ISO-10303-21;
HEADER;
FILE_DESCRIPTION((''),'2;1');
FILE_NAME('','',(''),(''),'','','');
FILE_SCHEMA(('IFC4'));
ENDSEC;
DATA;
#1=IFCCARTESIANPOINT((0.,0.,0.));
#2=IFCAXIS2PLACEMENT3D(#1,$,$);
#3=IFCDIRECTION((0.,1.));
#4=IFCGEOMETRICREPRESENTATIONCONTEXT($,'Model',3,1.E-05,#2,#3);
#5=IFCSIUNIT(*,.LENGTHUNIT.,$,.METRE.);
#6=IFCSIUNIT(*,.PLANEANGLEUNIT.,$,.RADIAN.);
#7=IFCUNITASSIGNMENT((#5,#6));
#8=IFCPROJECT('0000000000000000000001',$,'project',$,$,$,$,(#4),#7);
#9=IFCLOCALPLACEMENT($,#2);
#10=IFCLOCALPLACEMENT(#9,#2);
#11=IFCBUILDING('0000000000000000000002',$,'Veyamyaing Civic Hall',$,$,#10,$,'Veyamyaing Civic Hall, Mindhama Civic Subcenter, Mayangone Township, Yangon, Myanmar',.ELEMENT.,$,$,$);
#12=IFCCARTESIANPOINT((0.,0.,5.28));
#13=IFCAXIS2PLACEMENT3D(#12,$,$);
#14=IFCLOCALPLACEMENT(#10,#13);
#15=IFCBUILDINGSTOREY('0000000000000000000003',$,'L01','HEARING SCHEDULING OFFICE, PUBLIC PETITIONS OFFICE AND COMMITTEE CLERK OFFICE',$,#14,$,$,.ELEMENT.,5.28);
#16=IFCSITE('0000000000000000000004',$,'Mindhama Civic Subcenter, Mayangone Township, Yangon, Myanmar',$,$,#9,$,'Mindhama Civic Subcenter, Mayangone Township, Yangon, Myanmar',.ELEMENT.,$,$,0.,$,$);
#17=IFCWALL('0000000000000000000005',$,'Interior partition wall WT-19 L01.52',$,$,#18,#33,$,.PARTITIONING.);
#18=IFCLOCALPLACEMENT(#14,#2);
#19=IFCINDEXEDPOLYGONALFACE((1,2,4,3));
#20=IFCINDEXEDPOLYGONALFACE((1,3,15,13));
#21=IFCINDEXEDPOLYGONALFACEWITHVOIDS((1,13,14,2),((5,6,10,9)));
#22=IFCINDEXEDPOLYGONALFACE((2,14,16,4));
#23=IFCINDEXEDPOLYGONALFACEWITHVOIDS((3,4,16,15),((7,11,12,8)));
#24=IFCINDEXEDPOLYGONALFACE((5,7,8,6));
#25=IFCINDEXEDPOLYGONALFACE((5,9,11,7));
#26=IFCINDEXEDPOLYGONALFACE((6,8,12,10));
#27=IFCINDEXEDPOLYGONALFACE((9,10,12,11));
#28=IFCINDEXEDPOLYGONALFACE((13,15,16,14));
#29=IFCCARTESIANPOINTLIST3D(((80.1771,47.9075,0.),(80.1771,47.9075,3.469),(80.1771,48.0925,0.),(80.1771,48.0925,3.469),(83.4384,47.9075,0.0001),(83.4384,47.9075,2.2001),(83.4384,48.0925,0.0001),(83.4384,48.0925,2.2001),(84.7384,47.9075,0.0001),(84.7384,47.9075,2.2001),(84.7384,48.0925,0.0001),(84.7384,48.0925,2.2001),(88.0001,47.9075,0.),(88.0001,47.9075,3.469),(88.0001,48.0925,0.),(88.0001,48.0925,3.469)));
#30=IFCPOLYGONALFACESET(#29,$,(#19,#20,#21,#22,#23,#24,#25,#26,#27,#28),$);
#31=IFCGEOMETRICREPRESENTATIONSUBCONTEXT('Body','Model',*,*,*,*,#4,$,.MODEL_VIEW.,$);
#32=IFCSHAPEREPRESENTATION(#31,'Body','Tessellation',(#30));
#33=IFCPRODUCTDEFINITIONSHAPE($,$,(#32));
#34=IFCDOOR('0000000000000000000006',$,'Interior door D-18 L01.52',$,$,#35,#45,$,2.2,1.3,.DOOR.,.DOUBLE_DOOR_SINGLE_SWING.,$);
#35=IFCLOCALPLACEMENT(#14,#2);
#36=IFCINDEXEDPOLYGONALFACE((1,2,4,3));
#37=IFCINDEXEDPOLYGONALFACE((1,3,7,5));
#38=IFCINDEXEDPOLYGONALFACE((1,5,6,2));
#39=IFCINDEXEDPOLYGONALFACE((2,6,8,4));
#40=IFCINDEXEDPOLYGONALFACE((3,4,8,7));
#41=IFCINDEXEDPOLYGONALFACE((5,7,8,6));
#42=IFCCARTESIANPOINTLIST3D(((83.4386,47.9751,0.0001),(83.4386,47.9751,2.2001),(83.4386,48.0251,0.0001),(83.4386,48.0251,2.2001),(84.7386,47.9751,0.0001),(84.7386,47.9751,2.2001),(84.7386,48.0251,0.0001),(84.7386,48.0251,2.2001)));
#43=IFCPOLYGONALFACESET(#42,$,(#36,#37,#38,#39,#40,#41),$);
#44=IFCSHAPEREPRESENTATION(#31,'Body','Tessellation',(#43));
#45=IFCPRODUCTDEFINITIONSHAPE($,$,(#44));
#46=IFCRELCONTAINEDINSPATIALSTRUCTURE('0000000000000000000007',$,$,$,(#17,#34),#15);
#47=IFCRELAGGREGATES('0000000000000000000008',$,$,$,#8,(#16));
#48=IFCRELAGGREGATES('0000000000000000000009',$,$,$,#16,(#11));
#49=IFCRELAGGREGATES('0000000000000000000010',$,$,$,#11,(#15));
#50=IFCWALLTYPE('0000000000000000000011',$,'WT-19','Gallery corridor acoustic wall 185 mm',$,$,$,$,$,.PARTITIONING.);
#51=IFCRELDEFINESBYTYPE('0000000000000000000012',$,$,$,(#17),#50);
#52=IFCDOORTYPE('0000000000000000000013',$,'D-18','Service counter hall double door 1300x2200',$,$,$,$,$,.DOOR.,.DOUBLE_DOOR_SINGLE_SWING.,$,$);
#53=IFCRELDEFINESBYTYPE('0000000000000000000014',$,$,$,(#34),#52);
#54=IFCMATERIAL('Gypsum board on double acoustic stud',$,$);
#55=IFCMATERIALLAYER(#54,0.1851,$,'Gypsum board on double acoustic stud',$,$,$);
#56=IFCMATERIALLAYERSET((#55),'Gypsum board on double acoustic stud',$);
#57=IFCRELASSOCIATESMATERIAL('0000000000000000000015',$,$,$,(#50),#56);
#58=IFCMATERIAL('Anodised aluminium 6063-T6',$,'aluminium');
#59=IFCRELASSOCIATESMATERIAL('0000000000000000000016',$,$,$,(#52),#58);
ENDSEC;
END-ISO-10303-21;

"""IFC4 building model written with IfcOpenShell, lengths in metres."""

from ifc_helpers import new_model, si_unit, direction, frame, frame_2d, origin, place, context, subcontext, project, spatial, rectangle, extrude, material, layer, layer_set, type_object, element, fill, save


model = new_model("IFC4")

# Units and contexts
model_context = context("Model", 3, precision=1e-05, world=origin(), true_north=direction((0.0, 1.0)))
body_context = subcontext(model_context, "Body", "Model", "MODEL_VIEW")
ifc_project = project(units=[si_unit("LENGTHUNIT", "METRE"), si_unit("PLANEANGLEUNIT", "RADIAN")], contexts=[model_context])

# Site, building, storey
site_placement = place(None, origin())
site = spatial("IfcSite", under=ifc_project, at=site_placement, Name="Mindhama Civic Subcenter, Mayangone Township, Yangon, Myanmar", LongName="Mindhama Civic Subcenter, Mayangone Township, Yangon, Myanmar", CompositionType="ELEMENT", RefElevation=0.0)
building_placement = place(site_placement, origin())
building = spatial("IfcBuilding", under=site, at=building_placement, Name="Veyamyaing Civic Hall", LongName="Veyamyaing Civic Hall, Mindhama Civic Subcenter, Mayangone Township, Yangon, Myanmar", CompositionType="ELEMENT")
storey_placement = place(building_placement, frame((0.0, 0.0, 5.28)))
storey = spatial("IfcBuildingStorey", under=building, at=storey_placement, Name="L01", Description="HEARING SCHEDULING OFFICE, PUBLIC PETITIONS OFFICE AND COMMITTEE CLERK OFFICE", CompositionType="ELEMENT", Elevation=5.28)

# Shared definitions
ifc_material_1 = material(Name="Gypsum board on double acoustic stud")
ifc_layer_1 = layer(ifc_material_1, 0.1851, Name="Gypsum board on double acoustic stud")
ifc_layer_set_1 = layer_set([ifc_layer_1], Name="Gypsum board on double acoustic stud")
wall_type_1 = type_object("IfcWallType", Name="WT-19", Description="Gallery corridor acoustic wall 185 mm", PredefinedType="PARTITIONING", material=ifc_layer_set_1)

# Wall, opening, door
ifc_material_2 = material(Name="Anodised aluminium 6063-T6", Category="aluminium")
door_type_1 = type_object("IfcDoorType", Name="D-18", Description="Service counter hall double door 1300x2200", OperationType="DOUBLE_DOOR_SINGLE_SWING", PredefinedType="DOOR", material=ifc_material_2)
wall_1_placement = place(storey_placement, frame((80.177, 48.0, 0.0), z_axis=(0.0, 0.0, 1.0), x_axis=(1.0, 0.0, 0.0)))
wall_1 = element("IfcWall", 1, at=wall_1_placement, inside=storey, type_object=wall_type_1, Name="Interior partition wall WT-19 L01.52", PredefinedType="PARTITIONING", context=body_context, shape_type="SweptSolid", body=[
    extrude(rectangle(XDim=7.823, YDim=0.1851, at=frame_2d((3.9116, 0.0))), origin(), (0.0, 0.0, 1.0), 3.469),
])
opening_1_placement = place(wall_1_placement, frame((3.2615, 0.0, 0.0)))
opening_1 = element("IfcOpeningElement", 2, at=opening_1_placement, cuts=wall_1, PredefinedType="OPENING", context=body_context, shape_type="SweptSolid", body=[
    extrude(rectangle(XDim=1.3, YDim=2.2, at=frame_2d((0.6499, 1.1001))), frame((0.0, 0.1025, 0.0), z_axis=(0.0, -1.0, 0.0), x_axis=(1.0, 0.0, 0.0)), (0.0, 0.0, 1.0), 0.2051),
])
door_1_placement = place(opening_1_placement, frame((1.3, 0.0, 0.0), z_axis=(0.0, 0.0, 1.0), x_axis=(-1.0, 0.0, 0.0)))
door_1 = element("IfcDoor", 3, at=door_1_placement, inside=storey, type_object=door_type_1, Name="Interior door D-18 L01.52", OperationType="DOUBLE_DOOR_SINGLE_SWING", OverallHeight=2.2, OverallWidth=1.3, PredefinedType="DOOR", context=body_context, shape_type="SweptSolid", body=[
    extrude(rectangle(XDim=1.3, YDim=2.2, at=frame_2d((0.6499, 1.1001))), frame((0.0, 0.0249, 0.0), z_axis=(0.0, -1.0, 0.0), x_axis=(1.0, 0.0, 0.0)), (0.0, 0.0, 1.0), 0.05),
])
fill(opening_1, door_1)

save(model, "model.ifc")
